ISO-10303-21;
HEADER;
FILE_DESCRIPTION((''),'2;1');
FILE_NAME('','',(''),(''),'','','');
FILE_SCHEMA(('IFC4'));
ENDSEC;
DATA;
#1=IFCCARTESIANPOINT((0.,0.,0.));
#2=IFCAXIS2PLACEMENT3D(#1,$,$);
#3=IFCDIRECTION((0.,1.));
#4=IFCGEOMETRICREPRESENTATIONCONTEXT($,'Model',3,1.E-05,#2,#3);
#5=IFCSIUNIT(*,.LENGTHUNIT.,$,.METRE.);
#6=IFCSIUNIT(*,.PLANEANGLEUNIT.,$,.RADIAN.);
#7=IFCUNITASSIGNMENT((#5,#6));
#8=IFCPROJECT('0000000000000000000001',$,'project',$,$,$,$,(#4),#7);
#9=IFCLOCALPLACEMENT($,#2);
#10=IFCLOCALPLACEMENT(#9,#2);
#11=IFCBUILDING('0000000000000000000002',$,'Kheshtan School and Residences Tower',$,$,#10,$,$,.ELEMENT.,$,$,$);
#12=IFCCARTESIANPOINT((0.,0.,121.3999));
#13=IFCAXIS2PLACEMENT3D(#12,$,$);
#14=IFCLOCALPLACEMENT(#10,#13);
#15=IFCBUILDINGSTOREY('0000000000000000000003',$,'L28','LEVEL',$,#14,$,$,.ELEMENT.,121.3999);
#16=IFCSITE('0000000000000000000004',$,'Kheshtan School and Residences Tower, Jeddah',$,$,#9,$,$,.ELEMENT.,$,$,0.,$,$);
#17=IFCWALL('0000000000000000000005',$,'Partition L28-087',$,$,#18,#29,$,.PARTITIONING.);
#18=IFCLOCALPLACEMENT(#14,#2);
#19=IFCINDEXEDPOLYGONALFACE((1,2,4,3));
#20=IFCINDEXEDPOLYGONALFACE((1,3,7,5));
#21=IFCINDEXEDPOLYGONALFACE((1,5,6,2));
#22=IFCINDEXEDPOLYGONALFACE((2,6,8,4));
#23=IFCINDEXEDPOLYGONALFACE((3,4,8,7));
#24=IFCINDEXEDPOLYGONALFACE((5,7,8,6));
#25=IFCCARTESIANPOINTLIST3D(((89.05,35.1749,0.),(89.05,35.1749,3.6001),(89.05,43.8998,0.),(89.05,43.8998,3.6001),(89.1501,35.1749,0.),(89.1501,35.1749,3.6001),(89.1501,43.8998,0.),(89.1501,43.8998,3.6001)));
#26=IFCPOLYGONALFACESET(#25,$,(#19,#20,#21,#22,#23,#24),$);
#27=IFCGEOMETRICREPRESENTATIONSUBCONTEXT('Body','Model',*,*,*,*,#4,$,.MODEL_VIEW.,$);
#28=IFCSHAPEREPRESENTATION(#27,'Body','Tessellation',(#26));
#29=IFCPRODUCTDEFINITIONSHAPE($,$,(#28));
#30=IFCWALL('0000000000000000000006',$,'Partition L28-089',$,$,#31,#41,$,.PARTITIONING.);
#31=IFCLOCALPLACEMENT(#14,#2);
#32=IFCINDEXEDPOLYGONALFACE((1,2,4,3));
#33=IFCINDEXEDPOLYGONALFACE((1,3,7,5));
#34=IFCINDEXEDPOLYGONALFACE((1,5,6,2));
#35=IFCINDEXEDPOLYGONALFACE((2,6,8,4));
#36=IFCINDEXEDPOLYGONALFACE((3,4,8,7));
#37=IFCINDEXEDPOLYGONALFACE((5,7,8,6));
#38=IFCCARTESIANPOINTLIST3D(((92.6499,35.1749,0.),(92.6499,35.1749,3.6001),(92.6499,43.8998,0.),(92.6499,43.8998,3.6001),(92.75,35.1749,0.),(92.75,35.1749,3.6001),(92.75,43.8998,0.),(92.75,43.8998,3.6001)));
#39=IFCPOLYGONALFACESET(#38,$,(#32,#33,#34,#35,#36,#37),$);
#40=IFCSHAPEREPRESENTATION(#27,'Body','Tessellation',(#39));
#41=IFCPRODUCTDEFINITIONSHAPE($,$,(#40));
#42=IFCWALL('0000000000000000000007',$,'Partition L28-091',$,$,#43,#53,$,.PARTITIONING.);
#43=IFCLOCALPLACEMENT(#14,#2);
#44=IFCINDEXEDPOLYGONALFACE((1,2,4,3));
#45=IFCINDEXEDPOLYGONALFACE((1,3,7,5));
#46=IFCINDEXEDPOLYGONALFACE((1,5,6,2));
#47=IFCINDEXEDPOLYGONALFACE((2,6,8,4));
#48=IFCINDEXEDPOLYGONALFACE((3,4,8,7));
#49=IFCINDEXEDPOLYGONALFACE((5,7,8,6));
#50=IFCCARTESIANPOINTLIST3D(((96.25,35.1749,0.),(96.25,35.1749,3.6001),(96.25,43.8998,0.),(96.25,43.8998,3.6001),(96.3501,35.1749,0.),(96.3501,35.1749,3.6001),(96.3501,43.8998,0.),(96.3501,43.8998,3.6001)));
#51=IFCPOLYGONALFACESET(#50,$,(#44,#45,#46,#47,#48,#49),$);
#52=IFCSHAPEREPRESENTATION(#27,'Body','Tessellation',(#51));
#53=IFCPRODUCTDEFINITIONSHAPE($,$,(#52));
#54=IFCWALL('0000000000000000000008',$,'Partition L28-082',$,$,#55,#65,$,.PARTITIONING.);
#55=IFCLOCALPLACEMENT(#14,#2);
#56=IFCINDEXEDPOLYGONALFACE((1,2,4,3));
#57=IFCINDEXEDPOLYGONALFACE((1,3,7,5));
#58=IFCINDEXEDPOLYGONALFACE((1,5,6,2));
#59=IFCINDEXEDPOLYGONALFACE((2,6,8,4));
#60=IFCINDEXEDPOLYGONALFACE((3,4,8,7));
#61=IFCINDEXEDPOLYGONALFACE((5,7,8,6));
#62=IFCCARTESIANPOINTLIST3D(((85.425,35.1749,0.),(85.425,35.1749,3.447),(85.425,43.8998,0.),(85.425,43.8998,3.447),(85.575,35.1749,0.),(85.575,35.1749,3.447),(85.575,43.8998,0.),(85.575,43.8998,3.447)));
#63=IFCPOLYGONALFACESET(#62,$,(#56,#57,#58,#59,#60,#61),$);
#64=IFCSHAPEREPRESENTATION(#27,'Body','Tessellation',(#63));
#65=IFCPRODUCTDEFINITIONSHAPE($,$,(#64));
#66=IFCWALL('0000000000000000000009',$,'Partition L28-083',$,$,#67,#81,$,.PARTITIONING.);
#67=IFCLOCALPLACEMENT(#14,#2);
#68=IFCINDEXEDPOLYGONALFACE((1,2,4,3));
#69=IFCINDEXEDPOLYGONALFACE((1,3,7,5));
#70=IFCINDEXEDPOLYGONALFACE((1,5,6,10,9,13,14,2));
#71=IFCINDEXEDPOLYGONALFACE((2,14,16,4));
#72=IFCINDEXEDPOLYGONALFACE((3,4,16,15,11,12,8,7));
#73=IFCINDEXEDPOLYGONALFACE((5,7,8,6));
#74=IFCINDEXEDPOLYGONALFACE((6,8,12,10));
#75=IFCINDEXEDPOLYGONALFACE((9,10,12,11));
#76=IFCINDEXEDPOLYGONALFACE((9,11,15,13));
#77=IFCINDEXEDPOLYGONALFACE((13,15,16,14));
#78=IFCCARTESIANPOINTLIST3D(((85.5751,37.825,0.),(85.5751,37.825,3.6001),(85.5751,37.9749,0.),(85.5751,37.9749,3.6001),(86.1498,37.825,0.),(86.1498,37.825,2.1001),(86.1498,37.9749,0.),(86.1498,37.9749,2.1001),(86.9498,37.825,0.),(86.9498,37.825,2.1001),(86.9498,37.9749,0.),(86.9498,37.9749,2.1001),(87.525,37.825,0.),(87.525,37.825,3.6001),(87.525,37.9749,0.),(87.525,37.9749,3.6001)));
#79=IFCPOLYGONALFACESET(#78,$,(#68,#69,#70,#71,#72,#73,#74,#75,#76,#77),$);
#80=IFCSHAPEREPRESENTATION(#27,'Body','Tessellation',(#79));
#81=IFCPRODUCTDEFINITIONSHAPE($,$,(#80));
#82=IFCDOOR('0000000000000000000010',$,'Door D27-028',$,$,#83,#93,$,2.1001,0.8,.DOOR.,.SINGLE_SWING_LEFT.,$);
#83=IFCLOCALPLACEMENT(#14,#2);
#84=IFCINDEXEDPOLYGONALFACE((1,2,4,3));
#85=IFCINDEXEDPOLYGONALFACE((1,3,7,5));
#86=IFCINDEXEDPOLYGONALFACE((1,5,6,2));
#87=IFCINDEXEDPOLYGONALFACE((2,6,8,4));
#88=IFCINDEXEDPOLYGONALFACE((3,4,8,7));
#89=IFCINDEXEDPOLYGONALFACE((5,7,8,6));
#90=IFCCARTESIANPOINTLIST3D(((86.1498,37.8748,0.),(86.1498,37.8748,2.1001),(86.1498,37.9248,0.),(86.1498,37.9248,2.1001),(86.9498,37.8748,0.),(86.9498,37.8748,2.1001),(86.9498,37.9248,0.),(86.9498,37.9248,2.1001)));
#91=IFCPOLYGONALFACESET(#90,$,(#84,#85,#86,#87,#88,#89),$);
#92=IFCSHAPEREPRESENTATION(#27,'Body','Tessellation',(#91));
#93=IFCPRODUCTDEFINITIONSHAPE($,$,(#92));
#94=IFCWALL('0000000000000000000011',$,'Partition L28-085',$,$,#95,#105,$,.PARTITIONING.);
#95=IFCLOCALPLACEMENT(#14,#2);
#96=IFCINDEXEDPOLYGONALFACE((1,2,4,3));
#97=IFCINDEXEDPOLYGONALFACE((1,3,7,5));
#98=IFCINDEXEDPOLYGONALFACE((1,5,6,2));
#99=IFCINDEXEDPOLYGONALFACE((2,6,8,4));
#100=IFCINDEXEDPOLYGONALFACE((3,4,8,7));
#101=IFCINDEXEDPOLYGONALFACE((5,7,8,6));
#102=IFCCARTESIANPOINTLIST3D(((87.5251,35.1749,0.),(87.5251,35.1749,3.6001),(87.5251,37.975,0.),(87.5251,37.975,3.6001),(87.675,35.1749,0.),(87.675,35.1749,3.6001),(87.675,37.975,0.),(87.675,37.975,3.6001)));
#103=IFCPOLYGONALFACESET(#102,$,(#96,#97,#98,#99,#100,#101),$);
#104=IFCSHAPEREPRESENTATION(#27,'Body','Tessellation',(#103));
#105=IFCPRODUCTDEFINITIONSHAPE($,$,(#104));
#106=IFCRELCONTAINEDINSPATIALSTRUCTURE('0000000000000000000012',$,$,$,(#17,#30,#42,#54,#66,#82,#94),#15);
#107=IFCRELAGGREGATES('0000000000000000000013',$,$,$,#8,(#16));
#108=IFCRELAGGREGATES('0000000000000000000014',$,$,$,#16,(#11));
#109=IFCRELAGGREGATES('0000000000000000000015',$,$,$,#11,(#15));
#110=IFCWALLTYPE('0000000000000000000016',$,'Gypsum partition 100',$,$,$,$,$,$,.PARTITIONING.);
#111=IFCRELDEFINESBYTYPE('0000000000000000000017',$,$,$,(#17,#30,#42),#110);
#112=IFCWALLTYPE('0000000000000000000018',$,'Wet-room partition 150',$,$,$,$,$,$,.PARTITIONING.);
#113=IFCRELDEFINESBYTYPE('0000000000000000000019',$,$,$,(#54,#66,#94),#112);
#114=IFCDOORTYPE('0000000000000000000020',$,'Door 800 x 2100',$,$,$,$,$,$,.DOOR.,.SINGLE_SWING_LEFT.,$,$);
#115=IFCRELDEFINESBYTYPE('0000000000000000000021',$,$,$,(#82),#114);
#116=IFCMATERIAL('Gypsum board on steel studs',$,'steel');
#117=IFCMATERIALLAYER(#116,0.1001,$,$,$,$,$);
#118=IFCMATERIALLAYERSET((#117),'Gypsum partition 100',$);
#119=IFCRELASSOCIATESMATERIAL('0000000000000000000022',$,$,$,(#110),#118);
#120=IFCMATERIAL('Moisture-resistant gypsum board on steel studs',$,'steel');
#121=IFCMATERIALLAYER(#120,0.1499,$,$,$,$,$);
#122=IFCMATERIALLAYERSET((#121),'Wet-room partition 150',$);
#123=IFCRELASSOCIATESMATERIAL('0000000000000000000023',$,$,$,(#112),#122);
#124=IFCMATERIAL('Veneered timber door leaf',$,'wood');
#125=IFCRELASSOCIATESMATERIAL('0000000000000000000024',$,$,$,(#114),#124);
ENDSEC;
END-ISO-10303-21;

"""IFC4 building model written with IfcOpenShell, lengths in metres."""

from ifc_helpers import new_model, si_unit, direction, frame, frame_2d, origin, place, context, subcontext, project, spatial, rectangle, extrude, source, transform, mapped, material, layer, layer_set, type_object, element, fill, save


model = new_model("IFC4")

# Units and contexts
model_context = context("Model", 3, precision=1e-05, world=origin(), true_north=direction((0.0, 1.0)))
body_context = subcontext(model_context, "Body", "Model", "MODEL_VIEW")
ifc_project = project(units=[si_unit("LENGTHUNIT", "METRE"), si_unit("PLANEANGLEUNIT", "RADIAN")], contexts=[model_context])

# Site, building, storey
site_placement = place(None, origin())
site = spatial("IfcSite", under=ifc_project, at=site_placement, Name="Kheshtan School and Residences Tower, Jeddah", CompositionType="ELEMENT", RefElevation=0.0)
building_placement = place(site_placement, origin())
building = spatial("IfcBuilding", under=site, at=building_placement, Name="Kheshtan School and Residences Tower", CompositionType="ELEMENT")
storey_placement = place(building_placement, frame((0.0, 0.0, 121.3999)))
storey = spatial("IfcBuildingStorey", under=building, at=storey_placement, Name="L28", Description="LEVEL", CompositionType="ELEMENT", Elevation=121.3999)

# Walls
ifc_material_1 = material(Name="Gypsum board on steel studs", Category="steel")
ifc_layer_1 = layer(ifc_material_1, 0.1001)
ifc_layer_set_1 = layer_set([ifc_layer_1], Name="Gypsum partition 100")
wall_type_1 = type_object("IfcWallType", Name="Gypsum partition 100", PredefinedType="PARTITIONING", material=ifc_layer_set_1)
for number, where, z_axis, x_axis, name in (
    (1, (89.1001, 35.175, 0.0), (0.0, 0.0, 1.0), (0.0, 1.0, 0.0), "Partition L28-087"),
    (2, (92.7, 35.175, 0.0), (0.0, 0.0, 1.0), (0.0, 1.0, 0.0), "Partition L28-089"),
    (3, (96.3, 35.175, 0.0), (0.0, 0.0, 1.0), (0.0, 1.0, 0.0), "Partition L28-091"),
):
    element("IfcWall", number, at=place(storey_placement, frame(where, z_axis=z_axis, x_axis=x_axis)), inside=storey, type_object=wall_type_1, Name=name, PredefinedType="PARTITIONING", context=body_context, shape_type="SweptSolid", body=[
        extrude(rectangle(XDim=8.7249, YDim=0.1001, at=frame_2d((4.3623, 0.0))), origin(), (0.0, 0.0, 1.0), 3.6001),
    ])
ifc_material_2 = material(Name="Moisture-resistant gypsum board on steel studs", Category="steel")
ifc_layer_2 = layer(ifc_material_2, 0.1499)
ifc_layer_set_2 = layer_set([ifc_layer_2], Name="Wet-room partition 150")
wall_type_2 = type_object("IfcWallType", Name="Wet-room partition 150", PredefinedType="PARTITIONING", material=ifc_layer_set_2)
wall_1_placement = place(storey_placement, frame((85.5, 35.175, 0.0), z_axis=(0.0, 0.0, 1.0), x_axis=(0.0, 1.0, 0.0)))
element("IfcWall", 4, at=wall_1_placement, inside=storey, type_object=wall_type_2, Name="Partition L28-082", PredefinedType="PARTITIONING", context=body_context, shape_type="SweptSolid", body=[
    extrude(rectangle(XDim=8.7249, YDim=0.1499, at=frame_2d((4.3623, 0.0))), origin(), (0.0, 0.0, 1.0), 3.447),
])

# Wall, opening, door
wall_2_placement = place(storey_placement, frame((85.575, 37.8999, 0.0), z_axis=(0.0, 0.0, 1.0), x_axis=(1.0, 0.0, 0.0)))
wall_2 = element("IfcWall", 5, at=wall_2_placement, inside=storey, type_object=wall_type_2, Name="Partition L28-083", PredefinedType="PARTITIONING", context=body_context, shape_type="SweptSolid", body=[
    extrude(rectangle(XDim=1.95, YDim=0.1499, at=frame_2d((0.9751, 0.0))), origin(), (0.0, 0.0, 1.0), 3.6001),
])
opening_1_placement = place(wall_2_placement, frame((0.575, 0.0, 0.0)))
opening_1 = element("IfcOpeningElement", 6, at=opening_1_placement, cuts=wall_2, PredefinedType="OPENING", context=body_context, shape_type="SweptSolid", body=[
    extrude(rectangle(XDim=0.8, YDim=2.1001, at=frame_2d((0.3999, 1.05))), frame((0.0, 0.085, 0.0), z_axis=(0.0, -1.0, 0.0), x_axis=(1.0, 0.0, 0.0)), (0.0, 0.0, 1.0), 0.1699),
])
ifc_material_3 = material(Name="Veneered timber door leaf", Category="wood")
door_type_1 = type_object("IfcDoorType", Name="Door 800 x 2100", OperationType="SINGLE_SWING_LEFT", PredefinedType="DOOR", material=ifc_material_3)
shared_shape_1 = source(origin(), body_context, "Body", "SweptSolid", [
    extrude(rectangle(XDim=0.8, YDim=2.1001, at=frame_2d((0.3999, 1.05))), frame((0.0, 0.0249, 0.0), z_axis=(0.0, -1.0, 0.0), x_axis=(1.0, 0.0, 0.0)), (0.0, 0.0, 1.0), 0.05),
])
door_1_placement = place(opening_1_placement, origin())
door_1 = element("IfcDoor", 7, at=door_1_placement, inside=storey, type_object=door_type_1, Name="Door D27-028", OperationType="SINGLE_SWING_LEFT", OverallHeight=2.1001, OverallWidth=0.8, PredefinedType="DOOR", context=body_context, shape_type="MappedRepresentation", body=[
    mapped(shared_shape_1, transform((0.0, 0.0, 0.0), x_axis=(1.0, 0.0, 0.0), y_axis=(0.0, 1.0, 0.0), z_axis=(0.0, 0.0, 1.0), scale=1.0)),
])
fill(opening_1, door_1)

# Wall
wall_3_placement = place(storey_placement, frame((87.6001, 35.175, 0.0), z_axis=(0.0, 0.0, 1.0), x_axis=(0.0, 1.0, 0.0)))
element("IfcWall", 8, at=wall_3_placement, inside=storey, type_object=wall_type_2, Name="Partition L28-085", PredefinedType="PARTITIONING", context=body_context, shape_type="SweptSolid", body=[
    extrude(rectangle(XDim=2.8, YDim=0.1499, at=frame_2d((1.3999, 0.0))), origin(), (0.0, 0.0, 1.0), 3.6001),
])

save(model, "model.ifc")
